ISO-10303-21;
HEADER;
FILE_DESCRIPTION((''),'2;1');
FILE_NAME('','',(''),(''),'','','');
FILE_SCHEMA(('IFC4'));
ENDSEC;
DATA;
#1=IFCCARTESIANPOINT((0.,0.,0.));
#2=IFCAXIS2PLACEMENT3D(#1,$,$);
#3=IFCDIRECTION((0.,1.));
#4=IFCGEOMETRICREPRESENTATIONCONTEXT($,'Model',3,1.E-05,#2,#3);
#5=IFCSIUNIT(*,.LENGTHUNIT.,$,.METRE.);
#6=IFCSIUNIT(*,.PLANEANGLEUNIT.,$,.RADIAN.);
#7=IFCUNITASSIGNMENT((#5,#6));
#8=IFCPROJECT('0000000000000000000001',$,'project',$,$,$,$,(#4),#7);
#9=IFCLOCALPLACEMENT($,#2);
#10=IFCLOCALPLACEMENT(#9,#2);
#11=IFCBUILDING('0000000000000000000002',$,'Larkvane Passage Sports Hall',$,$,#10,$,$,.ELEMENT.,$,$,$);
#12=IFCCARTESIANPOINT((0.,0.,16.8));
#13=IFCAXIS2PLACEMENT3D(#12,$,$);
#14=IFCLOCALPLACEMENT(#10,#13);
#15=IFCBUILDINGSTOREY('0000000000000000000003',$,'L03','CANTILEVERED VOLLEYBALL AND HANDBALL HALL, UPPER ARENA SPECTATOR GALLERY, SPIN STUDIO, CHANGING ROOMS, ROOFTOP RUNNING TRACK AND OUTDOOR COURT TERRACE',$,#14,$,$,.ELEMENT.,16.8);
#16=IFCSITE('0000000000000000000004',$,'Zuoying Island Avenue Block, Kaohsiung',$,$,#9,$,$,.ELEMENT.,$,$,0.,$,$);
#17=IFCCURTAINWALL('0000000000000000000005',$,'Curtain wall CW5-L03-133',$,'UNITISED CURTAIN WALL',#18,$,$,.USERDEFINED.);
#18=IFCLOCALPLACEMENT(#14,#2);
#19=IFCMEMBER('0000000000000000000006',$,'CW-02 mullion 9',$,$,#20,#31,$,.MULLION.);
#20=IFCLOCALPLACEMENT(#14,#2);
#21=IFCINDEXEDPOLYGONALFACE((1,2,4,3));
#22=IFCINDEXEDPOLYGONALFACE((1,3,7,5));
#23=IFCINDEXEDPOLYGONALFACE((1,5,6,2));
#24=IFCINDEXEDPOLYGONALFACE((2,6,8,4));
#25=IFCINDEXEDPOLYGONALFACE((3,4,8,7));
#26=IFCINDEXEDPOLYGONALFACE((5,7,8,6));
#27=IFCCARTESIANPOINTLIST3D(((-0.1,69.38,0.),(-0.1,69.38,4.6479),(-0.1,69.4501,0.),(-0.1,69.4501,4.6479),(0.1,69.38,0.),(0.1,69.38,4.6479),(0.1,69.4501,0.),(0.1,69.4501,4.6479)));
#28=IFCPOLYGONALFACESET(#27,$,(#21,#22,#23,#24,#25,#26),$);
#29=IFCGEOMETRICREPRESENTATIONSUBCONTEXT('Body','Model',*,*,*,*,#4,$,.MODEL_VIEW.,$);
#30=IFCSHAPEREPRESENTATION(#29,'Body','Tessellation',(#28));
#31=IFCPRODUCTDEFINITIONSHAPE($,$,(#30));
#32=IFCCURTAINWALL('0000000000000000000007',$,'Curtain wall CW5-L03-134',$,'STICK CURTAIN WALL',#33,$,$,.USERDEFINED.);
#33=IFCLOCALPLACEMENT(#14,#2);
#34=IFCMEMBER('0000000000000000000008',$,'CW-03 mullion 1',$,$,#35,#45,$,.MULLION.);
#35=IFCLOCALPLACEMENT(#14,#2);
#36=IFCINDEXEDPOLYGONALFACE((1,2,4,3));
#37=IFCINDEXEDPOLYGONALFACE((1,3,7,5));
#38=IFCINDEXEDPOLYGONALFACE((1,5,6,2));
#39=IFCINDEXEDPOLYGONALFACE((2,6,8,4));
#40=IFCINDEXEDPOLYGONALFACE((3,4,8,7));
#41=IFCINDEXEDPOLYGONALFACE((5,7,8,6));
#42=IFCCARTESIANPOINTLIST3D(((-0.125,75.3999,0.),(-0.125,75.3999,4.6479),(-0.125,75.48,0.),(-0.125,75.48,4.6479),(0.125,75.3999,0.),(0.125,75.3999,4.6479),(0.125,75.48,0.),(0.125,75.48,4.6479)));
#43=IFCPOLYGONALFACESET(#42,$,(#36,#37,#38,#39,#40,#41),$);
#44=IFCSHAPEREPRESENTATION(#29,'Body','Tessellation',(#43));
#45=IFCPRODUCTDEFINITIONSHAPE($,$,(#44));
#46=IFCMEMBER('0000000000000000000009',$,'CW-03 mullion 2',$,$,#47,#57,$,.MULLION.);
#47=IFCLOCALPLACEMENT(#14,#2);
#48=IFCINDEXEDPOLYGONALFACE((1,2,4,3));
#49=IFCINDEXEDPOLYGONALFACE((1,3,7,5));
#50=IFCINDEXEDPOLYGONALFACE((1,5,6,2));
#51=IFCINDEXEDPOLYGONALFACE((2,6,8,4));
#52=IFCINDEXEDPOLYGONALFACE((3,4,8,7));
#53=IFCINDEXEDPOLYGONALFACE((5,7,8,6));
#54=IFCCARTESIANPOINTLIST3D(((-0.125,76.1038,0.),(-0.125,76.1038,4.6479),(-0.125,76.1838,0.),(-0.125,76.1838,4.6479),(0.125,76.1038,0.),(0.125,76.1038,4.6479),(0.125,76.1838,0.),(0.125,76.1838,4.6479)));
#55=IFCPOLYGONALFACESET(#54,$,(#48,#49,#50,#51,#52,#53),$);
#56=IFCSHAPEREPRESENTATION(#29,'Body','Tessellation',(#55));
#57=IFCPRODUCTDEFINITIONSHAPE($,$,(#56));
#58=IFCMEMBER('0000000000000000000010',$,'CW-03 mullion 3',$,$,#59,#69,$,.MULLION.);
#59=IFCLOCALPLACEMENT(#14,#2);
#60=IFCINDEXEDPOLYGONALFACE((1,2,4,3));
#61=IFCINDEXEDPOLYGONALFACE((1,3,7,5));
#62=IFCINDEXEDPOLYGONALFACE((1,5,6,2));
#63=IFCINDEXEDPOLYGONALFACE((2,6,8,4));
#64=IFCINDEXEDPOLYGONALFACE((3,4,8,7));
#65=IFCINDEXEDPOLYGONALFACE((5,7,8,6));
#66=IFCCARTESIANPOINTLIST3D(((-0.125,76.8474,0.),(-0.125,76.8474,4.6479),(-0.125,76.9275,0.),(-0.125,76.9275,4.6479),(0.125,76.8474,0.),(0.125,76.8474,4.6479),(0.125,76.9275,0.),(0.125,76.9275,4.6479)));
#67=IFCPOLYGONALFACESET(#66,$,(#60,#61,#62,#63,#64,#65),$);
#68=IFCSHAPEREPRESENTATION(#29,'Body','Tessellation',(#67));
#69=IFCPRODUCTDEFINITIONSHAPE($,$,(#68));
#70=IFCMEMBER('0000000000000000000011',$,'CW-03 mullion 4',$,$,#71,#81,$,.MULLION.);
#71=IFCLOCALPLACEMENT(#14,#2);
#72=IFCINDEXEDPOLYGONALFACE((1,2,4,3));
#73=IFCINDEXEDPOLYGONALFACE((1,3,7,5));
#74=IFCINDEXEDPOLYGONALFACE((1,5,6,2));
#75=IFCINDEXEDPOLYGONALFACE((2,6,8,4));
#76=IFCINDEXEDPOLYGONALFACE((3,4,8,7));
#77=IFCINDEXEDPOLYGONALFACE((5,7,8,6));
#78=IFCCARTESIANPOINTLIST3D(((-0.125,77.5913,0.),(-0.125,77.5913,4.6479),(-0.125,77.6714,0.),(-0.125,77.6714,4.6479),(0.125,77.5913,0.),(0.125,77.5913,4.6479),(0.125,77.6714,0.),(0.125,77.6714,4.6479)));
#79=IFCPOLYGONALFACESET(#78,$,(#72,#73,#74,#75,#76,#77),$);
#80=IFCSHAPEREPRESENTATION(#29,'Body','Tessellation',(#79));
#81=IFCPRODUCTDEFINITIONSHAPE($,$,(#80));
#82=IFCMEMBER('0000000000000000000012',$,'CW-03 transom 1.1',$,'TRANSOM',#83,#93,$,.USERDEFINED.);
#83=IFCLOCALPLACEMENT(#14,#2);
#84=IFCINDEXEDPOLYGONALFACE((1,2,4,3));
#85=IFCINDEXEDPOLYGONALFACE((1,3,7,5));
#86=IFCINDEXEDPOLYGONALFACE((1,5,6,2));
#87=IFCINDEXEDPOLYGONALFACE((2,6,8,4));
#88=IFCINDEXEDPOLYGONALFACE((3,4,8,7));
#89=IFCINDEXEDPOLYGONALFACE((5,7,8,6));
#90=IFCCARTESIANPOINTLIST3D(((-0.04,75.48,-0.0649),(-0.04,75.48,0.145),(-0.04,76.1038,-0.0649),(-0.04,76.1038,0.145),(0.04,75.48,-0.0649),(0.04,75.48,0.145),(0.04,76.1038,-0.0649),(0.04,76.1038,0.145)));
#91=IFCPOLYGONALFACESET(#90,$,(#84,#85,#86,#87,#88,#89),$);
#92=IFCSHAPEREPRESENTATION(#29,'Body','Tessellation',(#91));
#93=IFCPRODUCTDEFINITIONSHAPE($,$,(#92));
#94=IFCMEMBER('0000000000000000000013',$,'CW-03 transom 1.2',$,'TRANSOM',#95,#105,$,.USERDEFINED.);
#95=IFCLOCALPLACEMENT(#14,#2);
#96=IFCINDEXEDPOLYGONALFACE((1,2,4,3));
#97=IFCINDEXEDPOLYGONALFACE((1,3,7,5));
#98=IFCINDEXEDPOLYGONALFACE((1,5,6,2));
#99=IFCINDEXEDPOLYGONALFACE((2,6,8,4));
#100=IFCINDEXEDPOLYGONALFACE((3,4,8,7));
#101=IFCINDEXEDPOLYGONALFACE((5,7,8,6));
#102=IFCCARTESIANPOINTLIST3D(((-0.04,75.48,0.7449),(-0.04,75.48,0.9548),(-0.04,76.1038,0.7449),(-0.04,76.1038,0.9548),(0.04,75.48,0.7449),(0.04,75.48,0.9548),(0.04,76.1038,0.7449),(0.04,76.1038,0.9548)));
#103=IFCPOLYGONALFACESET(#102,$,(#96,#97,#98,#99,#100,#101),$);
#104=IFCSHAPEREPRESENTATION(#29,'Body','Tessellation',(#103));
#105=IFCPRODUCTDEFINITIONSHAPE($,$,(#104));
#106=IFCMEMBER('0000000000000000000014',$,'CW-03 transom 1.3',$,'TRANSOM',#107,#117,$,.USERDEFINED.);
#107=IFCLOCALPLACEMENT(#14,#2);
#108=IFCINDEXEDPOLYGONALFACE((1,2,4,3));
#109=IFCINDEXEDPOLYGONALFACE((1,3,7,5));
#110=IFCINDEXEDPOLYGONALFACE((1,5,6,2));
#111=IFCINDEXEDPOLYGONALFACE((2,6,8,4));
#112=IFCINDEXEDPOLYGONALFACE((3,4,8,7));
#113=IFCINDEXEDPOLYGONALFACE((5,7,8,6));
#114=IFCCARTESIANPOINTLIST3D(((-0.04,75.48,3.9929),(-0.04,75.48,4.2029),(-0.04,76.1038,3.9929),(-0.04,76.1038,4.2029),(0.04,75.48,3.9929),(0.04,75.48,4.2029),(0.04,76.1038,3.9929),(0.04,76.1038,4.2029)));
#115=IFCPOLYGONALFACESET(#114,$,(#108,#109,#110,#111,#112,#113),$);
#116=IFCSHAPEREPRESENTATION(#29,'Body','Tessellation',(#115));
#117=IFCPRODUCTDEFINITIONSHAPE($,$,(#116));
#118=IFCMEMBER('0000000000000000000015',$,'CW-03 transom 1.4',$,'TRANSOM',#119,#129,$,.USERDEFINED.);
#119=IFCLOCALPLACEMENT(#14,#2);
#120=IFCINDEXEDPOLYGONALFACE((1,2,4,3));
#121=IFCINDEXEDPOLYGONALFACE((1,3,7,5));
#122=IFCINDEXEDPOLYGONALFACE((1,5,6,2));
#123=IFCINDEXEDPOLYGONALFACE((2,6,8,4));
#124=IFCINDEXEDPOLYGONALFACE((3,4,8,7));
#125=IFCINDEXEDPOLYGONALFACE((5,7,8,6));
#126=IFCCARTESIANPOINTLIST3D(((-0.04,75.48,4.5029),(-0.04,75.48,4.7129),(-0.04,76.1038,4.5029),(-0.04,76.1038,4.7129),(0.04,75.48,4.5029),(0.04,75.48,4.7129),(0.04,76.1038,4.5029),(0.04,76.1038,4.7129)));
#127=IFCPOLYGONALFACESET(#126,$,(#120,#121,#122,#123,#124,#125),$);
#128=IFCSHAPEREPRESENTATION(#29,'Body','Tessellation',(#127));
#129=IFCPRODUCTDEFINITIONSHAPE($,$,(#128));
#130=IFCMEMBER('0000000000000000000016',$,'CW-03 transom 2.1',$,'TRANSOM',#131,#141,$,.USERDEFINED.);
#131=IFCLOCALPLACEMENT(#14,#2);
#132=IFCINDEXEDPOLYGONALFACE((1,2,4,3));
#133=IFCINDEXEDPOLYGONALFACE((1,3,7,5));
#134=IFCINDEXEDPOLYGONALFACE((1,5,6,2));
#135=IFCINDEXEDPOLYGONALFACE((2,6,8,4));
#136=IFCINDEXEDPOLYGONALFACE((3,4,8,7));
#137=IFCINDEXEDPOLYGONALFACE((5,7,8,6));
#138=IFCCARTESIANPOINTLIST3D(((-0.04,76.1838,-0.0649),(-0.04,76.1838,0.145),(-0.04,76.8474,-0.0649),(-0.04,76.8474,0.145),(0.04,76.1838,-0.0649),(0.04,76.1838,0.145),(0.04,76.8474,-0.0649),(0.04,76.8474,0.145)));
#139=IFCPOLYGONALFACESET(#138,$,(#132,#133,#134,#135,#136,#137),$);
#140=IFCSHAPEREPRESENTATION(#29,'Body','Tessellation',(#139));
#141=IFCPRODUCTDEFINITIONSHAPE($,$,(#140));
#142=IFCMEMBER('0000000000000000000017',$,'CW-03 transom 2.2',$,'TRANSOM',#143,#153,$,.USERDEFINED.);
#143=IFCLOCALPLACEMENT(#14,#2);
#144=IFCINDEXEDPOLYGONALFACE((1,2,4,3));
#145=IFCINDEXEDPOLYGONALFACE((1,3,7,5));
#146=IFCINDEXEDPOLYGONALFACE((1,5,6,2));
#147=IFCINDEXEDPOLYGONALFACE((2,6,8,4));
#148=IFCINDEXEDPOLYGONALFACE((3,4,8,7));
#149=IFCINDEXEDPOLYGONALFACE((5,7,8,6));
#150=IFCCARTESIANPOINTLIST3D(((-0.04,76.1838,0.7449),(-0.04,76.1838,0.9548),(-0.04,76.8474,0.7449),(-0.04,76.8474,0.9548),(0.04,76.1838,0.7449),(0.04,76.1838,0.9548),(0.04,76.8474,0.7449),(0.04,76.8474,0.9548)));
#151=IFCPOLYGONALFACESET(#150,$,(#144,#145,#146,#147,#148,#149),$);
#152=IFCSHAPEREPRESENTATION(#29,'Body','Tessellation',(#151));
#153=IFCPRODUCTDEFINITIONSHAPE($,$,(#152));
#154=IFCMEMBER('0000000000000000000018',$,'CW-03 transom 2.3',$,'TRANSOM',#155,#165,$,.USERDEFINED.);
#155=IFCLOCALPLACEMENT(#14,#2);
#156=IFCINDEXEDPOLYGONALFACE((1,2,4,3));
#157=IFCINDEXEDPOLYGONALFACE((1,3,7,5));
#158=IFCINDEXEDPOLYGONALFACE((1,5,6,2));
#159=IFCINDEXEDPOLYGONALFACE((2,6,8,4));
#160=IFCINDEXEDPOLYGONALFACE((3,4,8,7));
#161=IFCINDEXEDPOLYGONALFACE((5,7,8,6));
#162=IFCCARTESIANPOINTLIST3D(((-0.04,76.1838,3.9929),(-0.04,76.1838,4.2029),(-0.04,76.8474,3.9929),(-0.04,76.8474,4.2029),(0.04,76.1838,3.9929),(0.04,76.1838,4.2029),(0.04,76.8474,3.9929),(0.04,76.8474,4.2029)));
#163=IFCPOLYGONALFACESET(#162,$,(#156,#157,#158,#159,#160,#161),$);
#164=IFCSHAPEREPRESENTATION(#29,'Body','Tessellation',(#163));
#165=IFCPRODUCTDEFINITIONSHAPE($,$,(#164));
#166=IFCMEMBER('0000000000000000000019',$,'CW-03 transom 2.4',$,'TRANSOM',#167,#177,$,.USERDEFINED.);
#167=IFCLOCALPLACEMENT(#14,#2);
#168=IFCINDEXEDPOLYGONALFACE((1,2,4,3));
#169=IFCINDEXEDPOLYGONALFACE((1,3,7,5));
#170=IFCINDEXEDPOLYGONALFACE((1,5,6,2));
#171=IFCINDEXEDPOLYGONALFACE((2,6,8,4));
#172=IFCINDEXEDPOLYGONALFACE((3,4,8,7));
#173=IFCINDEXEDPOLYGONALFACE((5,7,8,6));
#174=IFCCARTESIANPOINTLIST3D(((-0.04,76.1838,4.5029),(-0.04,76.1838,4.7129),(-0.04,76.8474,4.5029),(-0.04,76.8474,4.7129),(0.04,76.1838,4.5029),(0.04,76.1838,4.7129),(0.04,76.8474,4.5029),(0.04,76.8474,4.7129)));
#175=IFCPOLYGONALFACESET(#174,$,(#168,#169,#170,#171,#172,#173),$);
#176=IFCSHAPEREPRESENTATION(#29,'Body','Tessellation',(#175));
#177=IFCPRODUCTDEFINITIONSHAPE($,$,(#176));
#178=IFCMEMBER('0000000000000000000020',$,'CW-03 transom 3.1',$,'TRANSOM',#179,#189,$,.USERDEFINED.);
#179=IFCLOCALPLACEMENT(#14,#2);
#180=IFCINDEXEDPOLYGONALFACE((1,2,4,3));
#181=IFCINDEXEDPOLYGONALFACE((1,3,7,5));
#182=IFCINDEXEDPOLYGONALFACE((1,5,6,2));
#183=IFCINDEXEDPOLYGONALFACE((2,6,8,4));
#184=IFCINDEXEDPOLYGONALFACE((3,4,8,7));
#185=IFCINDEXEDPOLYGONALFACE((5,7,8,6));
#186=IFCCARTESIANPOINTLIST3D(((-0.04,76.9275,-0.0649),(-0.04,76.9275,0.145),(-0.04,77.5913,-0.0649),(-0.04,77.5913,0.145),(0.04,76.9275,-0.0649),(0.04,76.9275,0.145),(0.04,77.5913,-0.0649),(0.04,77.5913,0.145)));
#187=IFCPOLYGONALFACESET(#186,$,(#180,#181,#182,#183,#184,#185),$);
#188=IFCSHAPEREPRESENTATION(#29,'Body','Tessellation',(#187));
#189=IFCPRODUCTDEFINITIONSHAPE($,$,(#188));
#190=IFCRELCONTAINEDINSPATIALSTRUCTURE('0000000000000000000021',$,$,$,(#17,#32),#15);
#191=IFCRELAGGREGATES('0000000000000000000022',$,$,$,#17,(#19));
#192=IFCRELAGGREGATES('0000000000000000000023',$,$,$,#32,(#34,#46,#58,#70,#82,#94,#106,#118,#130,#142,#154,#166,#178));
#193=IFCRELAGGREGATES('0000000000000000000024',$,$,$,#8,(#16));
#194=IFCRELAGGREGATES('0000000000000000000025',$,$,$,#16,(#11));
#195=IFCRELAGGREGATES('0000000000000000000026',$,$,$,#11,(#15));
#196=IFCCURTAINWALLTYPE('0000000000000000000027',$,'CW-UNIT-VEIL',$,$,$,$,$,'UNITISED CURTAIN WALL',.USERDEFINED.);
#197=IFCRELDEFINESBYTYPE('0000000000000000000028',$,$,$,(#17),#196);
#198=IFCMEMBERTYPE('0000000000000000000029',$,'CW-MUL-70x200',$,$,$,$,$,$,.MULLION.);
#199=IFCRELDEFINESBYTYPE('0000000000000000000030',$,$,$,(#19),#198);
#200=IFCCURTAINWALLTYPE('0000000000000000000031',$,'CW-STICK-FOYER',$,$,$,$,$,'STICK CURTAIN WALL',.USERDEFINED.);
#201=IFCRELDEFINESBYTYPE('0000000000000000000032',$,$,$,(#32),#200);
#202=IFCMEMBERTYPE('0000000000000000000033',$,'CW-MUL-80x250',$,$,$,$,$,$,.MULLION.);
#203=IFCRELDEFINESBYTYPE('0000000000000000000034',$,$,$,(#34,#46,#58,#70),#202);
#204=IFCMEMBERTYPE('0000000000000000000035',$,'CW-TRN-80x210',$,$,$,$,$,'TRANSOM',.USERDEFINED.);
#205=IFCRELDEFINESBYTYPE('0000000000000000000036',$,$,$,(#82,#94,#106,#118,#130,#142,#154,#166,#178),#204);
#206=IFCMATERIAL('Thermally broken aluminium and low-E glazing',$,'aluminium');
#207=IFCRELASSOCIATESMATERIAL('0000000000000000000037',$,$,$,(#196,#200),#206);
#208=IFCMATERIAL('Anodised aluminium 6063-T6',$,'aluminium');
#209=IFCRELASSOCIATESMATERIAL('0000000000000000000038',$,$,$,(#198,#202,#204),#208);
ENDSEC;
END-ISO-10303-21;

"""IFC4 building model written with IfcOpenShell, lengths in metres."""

from ifc_helpers import new_model, si_unit, direction, frame, origin, origin_2d, place, context, subcontext, project, spatial, rectangle, extrude, material, material_profile, profile_set, type_object, element, aggregate, save


model = new_model("IFC4")

# Units and contexts
model_context = context("Model", 3, precision=1e-05, world=origin(), true_north=direction((0.0, 1.0)))
body_context = subcontext(model_context, "Body", "Model", "MODEL_VIEW")
ifc_project = project(units=[si_unit("LENGTHUNIT", "METRE"), si_unit("PLANEANGLEUNIT", "RADIAN")], contexts=[model_context])

# Site, building, storey
site_placement = place(None, origin())
site = spatial("IfcSite", under=ifc_project, at=site_placement, Name="Zuoying Island Avenue Block, Kaohsiung", CompositionType="ELEMENT", RefElevation=0.0)
building_placement = place(site_placement, origin())
building = spatial("IfcBuilding", under=site, at=building_placement, Name="Larkvane Passage Sports Hall", CompositionType="ELEMENT")
storey_placement = place(building_placement, frame((0.0, 0.0, 16.8)))
storey = spatial("IfcBuildingStorey", under=building, at=storey_placement, Name="L03", Description="CANTILEVERED VOLLEYBALL AND HANDBALL HALL, UPPER ARENA SPECTATOR GALLERY, SPIN STUDIO, CHANGING ROOMS, ROOFTOP RUNNING TRACK AND OUTDOOR COURT TERRACE", CompositionType="ELEMENT", Elevation=16.8)

# Curtain wall, member
ifc_material_1 = material(Name="Thermally broken aluminium and low-E glazing", Category="aluminium")
curtain_wall_type_1 = type_object("IfcCurtainWallType", Name="CW-UNIT-VEIL", ElementType="UNITISED CURTAIN WALL", PredefinedType="USERDEFINED", material=ifc_material_1)
curtain_wall_1_placement = place(storey_placement, origin())
curtain_wall_1 = element("IfcCurtainWall", 1, at=curtain_wall_1_placement, inside=storey, type_object=curtain_wall_type_1, Name="Curtain wall CW5-L03-133", ObjectType="UNITISED CURTAIN WALL", PredefinedType="USERDEFINED")
ifc_material_2 = material(Name="Anodised aluminium 6063-T6", Category="aluminium")
ifc_material_profile_1 = material_profile(ifc_material_2, rectangle(XDim=0.0701, YDim=0.2, at=origin_2d()), Name="ALU-MUL-70x200")
ifc_profile_set_1 = profile_set([ifc_material_profile_1], Name="Anodised aluminium 6063-T6")
member_type_1 = type_object("IfcMemberType", Name="CW-MUL-70x200", PredefinedType="MULLION", material=ifc_profile_set_1)
member_1_placement = place(storey_placement, frame((0.0, 69.415, 0.0), z_axis=(0.0, 0.0, 1.0), x_axis=(0.0, 1.0, 0.0)))
member_1 = element("IfcMember", 2, at=member_1_placement, type_object=member_type_1, Name="CW-02 mullion 9", PredefinedType="MULLION", context=body_context, shape_type="SweptSolid", body=[
    extrude(rectangle(XDim=0.0701, YDim=0.2, at=origin_2d()), origin(), (0.0, 0.0, 1.0), 4.6479),
])
aggregate(curtain_wall_1, [member_1])

# Curtain wall, members
curtain_wall_type_2 = type_object("IfcCurtainWallType", Name="CW-STICK-FOYER", ElementType="STICK CURTAIN WALL", PredefinedType="USERDEFINED", material=ifc_material_1)
curtain_wall_2_placement = place(storey_placement, origin())
curtain_wall_2 = element("IfcCurtainWall", 3, at=curtain_wall_2_placement, inside=storey, type_object=curtain_wall_type_2, Name="Curtain wall CW5-L03-134", ObjectType="STICK CURTAIN WALL", PredefinedType="USERDEFINED")
ifc_material_profile_2 = material_profile(ifc_material_2, rectangle(XDim=0.0801, YDim=0.25, at=origin_2d()), Name="ALU-MUL-80x250")
ifc_profile_set_2 = profile_set([ifc_material_profile_2], Name="Anodised aluminium 6063-T6")
member_type_2 = type_object("IfcMemberType", Name="CW-MUL-80x250", PredefinedType="MULLION", material=ifc_profile_set_2)
member_2_placement = place(storey_placement, frame((0.0, 75.4399, 0.0), z_axis=(0.0, 0.0, 1.0), x_axis=(0.0, 1.0, 0.0)))
member_2 = element("IfcMember", 4, at=member_2_placement, type_object=member_type_2, Name="CW-03 mullion 1", PredefinedType="MULLION", context=body_context, shape_type="SweptSolid", body=[
    extrude(rectangle(XDim=0.0801, YDim=0.25, at=origin_2d()), origin(), (0.0, 0.0, 1.0), 4.6479),
])
member_3_placement = place(storey_placement, frame((0.0, 76.1438, 0.0), z_axis=(0.0, 0.0, 1.0), x_axis=(0.0, 1.0, 0.0)))
member_3 = element("IfcMember", 5, at=member_3_placement, type_object=member_type_2, Name="CW-03 mullion 2", PredefinedType="MULLION", context=body_context, shape_type="SweptSolid", body=[
    extrude(rectangle(XDim=0.0801, YDim=0.25, at=origin_2d()), origin(), (0.0, 0.0, 1.0), 4.6479),
])
member_4_placement = place(storey_placement, frame((0.0, 76.8875, 0.0), z_axis=(0.0, 0.0, 1.0), x_axis=(0.0, 1.0, 0.0)))
member_4 = element("IfcMember", 6, at=member_4_placement, type_object=member_type_2, Name="CW-03 mullion 3", PredefinedType="MULLION", context=body_context, shape_type="SweptSolid", body=[
    extrude(rectangle(XDim=0.0801, YDim=0.25, at=origin_2d()), origin(), (0.0, 0.0, 1.0), 4.6479),
])
member_5_placement = place(storey_placement, frame((0.0, 77.6313, 0.0), z_axis=(0.0, 0.0, 1.0), x_axis=(0.0, 1.0, 0.0)))
member_5 = element("IfcMember", 7, at=member_5_placement, type_object=member_type_2, Name="CW-03 mullion 4", PredefinedType="MULLION", context=body_context, shape_type="SweptSolid", body=[
    extrude(rectangle(XDim=0.0801, YDim=0.25, at=origin_2d()), origin(), (0.0, 0.0, 1.0), 4.6479),
])
ifc_material_profile_3 = material_profile(ifc_material_2, rectangle(XDim=0.0801, YDim=0.21, at=origin_2d()), Name="ALU-TRN-80x210")
ifc_profile_set_3 = profile_set([ifc_material_profile_3], Name="Anodised aluminium 6063-T6")
member_type_3 = type_object("IfcMemberType", Name="CW-TRN-80x210", ElementType="TRANSOM", PredefinedType="USERDEFINED", material=ifc_profile_set_3)
member_6_placement = place(storey_placement, frame((0.0, 75.48, 0.04), z_axis=(0.0, 1.0, 0.0), x_axis=(-1.0, 0.0, 0.0)))
member_6 = element("IfcMember", 8, at=member_6_placement, type_object=member_type_3, Name="CW-03 transom 1.1", ObjectType="TRANSOM", PredefinedType="USERDEFINED", context=body_context, shape_type="SweptSolid", body=[
    extrude(rectangle(XDim=0.0801, YDim=0.21, at=origin_2d()), origin(), (0.0, 0.0, 1.0), 0.6238),
])
member_7_placement = place(storey_placement, frame((0.0, 75.48, 0.8499), z_axis=(0.0, 1.0, 0.0), x_axis=(-1.0, 0.0, 0.0)))
member_7 = element("IfcMember", 9, at=member_7_placement, type_object=member_type_3, Name="CW-03 transom 1.2", ObjectType="TRANSOM", PredefinedType="USERDEFINED", context=body_context, shape_type="SweptSolid", body=[
    extrude(rectangle(XDim=0.0801, YDim=0.21, at=origin_2d()), origin(), (0.0, 0.0, 1.0), 0.6238),
])
member_8_placement = place(storey_placement, frame((0.0, 75.48, 4.0979), z_axis=(0.0, 1.0, 0.0), x_axis=(-1.0, 0.0, 0.0)))
member_8 = element("IfcMember", 10, at=member_8_placement, type_object=member_type_3, Name="CW-03 transom 1.3", ObjectType="TRANSOM", PredefinedType="USERDEFINED", context=body_context, shape_type="SweptSolid", body=[
    extrude(rectangle(XDim=0.0801, YDim=0.21, at=origin_2d()), origin(), (0.0, 0.0, 1.0), 0.6238),
])
member_9_placement = place(storey_placement, frame((0.0, 75.48, 4.6079), z_axis=(0.0, 1.0, 0.0), x_axis=(-1.0, 0.0, 0.0)))
member_9 = element("IfcMember", 11, at=member_9_placement, type_object=member_type_3, Name="CW-03 transom 1.4", ObjectType="TRANSOM", PredefinedType="USERDEFINED", context=body_context, shape_type="SweptSolid", body=[
    extrude(rectangle(XDim=0.0801, YDim=0.21, at=origin_2d()), origin(), (0.0, 0.0, 1.0), 0.6238),
])
member_10_placement = place(storey_placement, frame((0.0, 76.1838, 0.04), z_axis=(0.0, 1.0, 0.0), x_axis=(-1.0, 0.0, 0.0)))
member_10 = element("IfcMember", 12, at=member_10_placement, type_object=member_type_3, Name="CW-03 transom 2.1", ObjectType="TRANSOM", PredefinedType="USERDEFINED", context=body_context, shape_type="SweptSolid", body=[
    extrude(rectangle(XDim=0.0801, YDim=0.21, at=origin_2d()), origin(), (0.0, 0.0, 1.0), 0.6636),
])
member_11_placement = place(storey_placement, frame((0.0, 76.1838, 0.8499), z_axis=(0.0, 1.0, 0.0), x_axis=(-1.0, 0.0, 0.0)))
member_11 = element("IfcMember", 13, at=member_11_placement, type_object=member_type_3, Name="CW-03 transom 2.2", ObjectType="TRANSOM", PredefinedType="USERDEFINED", context=body_context, shape_type="SweptSolid", body=[
    extrude(rectangle(XDim=0.0801, YDim=0.21, at=origin_2d()), origin(), (0.0, 0.0, 1.0), 0.6636),
])
member_12_placement = place(storey_placement, frame((0.0, 76.1838, 4.0979), z_axis=(0.0, 1.0, 0.0), x_axis=(-1.0, 0.0, 0.0)))
member_12 = element("IfcMember", 14, at=member_12_placement, type_object=member_type_3, Name="CW-03 transom 2.3", ObjectType="TRANSOM", PredefinedType="USERDEFINED", context=body_context, shape_type="SweptSolid", body=[
    extrude(rectangle(XDim=0.0801, YDim=0.21, at=origin_2d()), origin(), (0.0, 0.0, 1.0), 0.6636),
])
member_13_placement = place(storey_placement, frame((0.0, 76.1838, 4.6079), z_axis=(0.0, 1.0, 0.0), x_axis=(-1.0, 0.0, 0.0)))
member_13 = element("IfcMember", 15, at=member_13_placement, type_object=member_type_3, Name="CW-03 transom 2.4", ObjectType="TRANSOM", PredefinedType="USERDEFINED", context=body_context, shape_type="SweptSolid", body=[
    extrude(rectangle(XDim=0.0801, YDim=0.21, at=origin_2d()), origin(), (0.0, 0.0, 1.0), 0.6636),
])
member_14_placement = place(storey_placement, frame((0.0, 76.9275, 0.04), z_axis=(0.0, 1.0, 0.0), x_axis=(-1.0, 0.0, 0.0)))
member_14 = element("IfcMember", 16, at=member_14_placement, type_object=member_type_3, Name="CW-03 transom 3.1", ObjectType="TRANSOM", PredefinedType="USERDEFINED", context=body_context, shape_type="SweptSolid", body=[
    extrude(rectangle(XDim=0.0801, YDim=0.21, at=origin_2d()), origin(), (0.0, 0.0, 1.0), 0.6638),
])
aggregate(curtain_wall_2, [member_2, member_3, member_4, member_5, member_6, member_7, member_8, member_9, member_10, member_11, member_12, member_13, member_14])

save(model, "model.ifc")
